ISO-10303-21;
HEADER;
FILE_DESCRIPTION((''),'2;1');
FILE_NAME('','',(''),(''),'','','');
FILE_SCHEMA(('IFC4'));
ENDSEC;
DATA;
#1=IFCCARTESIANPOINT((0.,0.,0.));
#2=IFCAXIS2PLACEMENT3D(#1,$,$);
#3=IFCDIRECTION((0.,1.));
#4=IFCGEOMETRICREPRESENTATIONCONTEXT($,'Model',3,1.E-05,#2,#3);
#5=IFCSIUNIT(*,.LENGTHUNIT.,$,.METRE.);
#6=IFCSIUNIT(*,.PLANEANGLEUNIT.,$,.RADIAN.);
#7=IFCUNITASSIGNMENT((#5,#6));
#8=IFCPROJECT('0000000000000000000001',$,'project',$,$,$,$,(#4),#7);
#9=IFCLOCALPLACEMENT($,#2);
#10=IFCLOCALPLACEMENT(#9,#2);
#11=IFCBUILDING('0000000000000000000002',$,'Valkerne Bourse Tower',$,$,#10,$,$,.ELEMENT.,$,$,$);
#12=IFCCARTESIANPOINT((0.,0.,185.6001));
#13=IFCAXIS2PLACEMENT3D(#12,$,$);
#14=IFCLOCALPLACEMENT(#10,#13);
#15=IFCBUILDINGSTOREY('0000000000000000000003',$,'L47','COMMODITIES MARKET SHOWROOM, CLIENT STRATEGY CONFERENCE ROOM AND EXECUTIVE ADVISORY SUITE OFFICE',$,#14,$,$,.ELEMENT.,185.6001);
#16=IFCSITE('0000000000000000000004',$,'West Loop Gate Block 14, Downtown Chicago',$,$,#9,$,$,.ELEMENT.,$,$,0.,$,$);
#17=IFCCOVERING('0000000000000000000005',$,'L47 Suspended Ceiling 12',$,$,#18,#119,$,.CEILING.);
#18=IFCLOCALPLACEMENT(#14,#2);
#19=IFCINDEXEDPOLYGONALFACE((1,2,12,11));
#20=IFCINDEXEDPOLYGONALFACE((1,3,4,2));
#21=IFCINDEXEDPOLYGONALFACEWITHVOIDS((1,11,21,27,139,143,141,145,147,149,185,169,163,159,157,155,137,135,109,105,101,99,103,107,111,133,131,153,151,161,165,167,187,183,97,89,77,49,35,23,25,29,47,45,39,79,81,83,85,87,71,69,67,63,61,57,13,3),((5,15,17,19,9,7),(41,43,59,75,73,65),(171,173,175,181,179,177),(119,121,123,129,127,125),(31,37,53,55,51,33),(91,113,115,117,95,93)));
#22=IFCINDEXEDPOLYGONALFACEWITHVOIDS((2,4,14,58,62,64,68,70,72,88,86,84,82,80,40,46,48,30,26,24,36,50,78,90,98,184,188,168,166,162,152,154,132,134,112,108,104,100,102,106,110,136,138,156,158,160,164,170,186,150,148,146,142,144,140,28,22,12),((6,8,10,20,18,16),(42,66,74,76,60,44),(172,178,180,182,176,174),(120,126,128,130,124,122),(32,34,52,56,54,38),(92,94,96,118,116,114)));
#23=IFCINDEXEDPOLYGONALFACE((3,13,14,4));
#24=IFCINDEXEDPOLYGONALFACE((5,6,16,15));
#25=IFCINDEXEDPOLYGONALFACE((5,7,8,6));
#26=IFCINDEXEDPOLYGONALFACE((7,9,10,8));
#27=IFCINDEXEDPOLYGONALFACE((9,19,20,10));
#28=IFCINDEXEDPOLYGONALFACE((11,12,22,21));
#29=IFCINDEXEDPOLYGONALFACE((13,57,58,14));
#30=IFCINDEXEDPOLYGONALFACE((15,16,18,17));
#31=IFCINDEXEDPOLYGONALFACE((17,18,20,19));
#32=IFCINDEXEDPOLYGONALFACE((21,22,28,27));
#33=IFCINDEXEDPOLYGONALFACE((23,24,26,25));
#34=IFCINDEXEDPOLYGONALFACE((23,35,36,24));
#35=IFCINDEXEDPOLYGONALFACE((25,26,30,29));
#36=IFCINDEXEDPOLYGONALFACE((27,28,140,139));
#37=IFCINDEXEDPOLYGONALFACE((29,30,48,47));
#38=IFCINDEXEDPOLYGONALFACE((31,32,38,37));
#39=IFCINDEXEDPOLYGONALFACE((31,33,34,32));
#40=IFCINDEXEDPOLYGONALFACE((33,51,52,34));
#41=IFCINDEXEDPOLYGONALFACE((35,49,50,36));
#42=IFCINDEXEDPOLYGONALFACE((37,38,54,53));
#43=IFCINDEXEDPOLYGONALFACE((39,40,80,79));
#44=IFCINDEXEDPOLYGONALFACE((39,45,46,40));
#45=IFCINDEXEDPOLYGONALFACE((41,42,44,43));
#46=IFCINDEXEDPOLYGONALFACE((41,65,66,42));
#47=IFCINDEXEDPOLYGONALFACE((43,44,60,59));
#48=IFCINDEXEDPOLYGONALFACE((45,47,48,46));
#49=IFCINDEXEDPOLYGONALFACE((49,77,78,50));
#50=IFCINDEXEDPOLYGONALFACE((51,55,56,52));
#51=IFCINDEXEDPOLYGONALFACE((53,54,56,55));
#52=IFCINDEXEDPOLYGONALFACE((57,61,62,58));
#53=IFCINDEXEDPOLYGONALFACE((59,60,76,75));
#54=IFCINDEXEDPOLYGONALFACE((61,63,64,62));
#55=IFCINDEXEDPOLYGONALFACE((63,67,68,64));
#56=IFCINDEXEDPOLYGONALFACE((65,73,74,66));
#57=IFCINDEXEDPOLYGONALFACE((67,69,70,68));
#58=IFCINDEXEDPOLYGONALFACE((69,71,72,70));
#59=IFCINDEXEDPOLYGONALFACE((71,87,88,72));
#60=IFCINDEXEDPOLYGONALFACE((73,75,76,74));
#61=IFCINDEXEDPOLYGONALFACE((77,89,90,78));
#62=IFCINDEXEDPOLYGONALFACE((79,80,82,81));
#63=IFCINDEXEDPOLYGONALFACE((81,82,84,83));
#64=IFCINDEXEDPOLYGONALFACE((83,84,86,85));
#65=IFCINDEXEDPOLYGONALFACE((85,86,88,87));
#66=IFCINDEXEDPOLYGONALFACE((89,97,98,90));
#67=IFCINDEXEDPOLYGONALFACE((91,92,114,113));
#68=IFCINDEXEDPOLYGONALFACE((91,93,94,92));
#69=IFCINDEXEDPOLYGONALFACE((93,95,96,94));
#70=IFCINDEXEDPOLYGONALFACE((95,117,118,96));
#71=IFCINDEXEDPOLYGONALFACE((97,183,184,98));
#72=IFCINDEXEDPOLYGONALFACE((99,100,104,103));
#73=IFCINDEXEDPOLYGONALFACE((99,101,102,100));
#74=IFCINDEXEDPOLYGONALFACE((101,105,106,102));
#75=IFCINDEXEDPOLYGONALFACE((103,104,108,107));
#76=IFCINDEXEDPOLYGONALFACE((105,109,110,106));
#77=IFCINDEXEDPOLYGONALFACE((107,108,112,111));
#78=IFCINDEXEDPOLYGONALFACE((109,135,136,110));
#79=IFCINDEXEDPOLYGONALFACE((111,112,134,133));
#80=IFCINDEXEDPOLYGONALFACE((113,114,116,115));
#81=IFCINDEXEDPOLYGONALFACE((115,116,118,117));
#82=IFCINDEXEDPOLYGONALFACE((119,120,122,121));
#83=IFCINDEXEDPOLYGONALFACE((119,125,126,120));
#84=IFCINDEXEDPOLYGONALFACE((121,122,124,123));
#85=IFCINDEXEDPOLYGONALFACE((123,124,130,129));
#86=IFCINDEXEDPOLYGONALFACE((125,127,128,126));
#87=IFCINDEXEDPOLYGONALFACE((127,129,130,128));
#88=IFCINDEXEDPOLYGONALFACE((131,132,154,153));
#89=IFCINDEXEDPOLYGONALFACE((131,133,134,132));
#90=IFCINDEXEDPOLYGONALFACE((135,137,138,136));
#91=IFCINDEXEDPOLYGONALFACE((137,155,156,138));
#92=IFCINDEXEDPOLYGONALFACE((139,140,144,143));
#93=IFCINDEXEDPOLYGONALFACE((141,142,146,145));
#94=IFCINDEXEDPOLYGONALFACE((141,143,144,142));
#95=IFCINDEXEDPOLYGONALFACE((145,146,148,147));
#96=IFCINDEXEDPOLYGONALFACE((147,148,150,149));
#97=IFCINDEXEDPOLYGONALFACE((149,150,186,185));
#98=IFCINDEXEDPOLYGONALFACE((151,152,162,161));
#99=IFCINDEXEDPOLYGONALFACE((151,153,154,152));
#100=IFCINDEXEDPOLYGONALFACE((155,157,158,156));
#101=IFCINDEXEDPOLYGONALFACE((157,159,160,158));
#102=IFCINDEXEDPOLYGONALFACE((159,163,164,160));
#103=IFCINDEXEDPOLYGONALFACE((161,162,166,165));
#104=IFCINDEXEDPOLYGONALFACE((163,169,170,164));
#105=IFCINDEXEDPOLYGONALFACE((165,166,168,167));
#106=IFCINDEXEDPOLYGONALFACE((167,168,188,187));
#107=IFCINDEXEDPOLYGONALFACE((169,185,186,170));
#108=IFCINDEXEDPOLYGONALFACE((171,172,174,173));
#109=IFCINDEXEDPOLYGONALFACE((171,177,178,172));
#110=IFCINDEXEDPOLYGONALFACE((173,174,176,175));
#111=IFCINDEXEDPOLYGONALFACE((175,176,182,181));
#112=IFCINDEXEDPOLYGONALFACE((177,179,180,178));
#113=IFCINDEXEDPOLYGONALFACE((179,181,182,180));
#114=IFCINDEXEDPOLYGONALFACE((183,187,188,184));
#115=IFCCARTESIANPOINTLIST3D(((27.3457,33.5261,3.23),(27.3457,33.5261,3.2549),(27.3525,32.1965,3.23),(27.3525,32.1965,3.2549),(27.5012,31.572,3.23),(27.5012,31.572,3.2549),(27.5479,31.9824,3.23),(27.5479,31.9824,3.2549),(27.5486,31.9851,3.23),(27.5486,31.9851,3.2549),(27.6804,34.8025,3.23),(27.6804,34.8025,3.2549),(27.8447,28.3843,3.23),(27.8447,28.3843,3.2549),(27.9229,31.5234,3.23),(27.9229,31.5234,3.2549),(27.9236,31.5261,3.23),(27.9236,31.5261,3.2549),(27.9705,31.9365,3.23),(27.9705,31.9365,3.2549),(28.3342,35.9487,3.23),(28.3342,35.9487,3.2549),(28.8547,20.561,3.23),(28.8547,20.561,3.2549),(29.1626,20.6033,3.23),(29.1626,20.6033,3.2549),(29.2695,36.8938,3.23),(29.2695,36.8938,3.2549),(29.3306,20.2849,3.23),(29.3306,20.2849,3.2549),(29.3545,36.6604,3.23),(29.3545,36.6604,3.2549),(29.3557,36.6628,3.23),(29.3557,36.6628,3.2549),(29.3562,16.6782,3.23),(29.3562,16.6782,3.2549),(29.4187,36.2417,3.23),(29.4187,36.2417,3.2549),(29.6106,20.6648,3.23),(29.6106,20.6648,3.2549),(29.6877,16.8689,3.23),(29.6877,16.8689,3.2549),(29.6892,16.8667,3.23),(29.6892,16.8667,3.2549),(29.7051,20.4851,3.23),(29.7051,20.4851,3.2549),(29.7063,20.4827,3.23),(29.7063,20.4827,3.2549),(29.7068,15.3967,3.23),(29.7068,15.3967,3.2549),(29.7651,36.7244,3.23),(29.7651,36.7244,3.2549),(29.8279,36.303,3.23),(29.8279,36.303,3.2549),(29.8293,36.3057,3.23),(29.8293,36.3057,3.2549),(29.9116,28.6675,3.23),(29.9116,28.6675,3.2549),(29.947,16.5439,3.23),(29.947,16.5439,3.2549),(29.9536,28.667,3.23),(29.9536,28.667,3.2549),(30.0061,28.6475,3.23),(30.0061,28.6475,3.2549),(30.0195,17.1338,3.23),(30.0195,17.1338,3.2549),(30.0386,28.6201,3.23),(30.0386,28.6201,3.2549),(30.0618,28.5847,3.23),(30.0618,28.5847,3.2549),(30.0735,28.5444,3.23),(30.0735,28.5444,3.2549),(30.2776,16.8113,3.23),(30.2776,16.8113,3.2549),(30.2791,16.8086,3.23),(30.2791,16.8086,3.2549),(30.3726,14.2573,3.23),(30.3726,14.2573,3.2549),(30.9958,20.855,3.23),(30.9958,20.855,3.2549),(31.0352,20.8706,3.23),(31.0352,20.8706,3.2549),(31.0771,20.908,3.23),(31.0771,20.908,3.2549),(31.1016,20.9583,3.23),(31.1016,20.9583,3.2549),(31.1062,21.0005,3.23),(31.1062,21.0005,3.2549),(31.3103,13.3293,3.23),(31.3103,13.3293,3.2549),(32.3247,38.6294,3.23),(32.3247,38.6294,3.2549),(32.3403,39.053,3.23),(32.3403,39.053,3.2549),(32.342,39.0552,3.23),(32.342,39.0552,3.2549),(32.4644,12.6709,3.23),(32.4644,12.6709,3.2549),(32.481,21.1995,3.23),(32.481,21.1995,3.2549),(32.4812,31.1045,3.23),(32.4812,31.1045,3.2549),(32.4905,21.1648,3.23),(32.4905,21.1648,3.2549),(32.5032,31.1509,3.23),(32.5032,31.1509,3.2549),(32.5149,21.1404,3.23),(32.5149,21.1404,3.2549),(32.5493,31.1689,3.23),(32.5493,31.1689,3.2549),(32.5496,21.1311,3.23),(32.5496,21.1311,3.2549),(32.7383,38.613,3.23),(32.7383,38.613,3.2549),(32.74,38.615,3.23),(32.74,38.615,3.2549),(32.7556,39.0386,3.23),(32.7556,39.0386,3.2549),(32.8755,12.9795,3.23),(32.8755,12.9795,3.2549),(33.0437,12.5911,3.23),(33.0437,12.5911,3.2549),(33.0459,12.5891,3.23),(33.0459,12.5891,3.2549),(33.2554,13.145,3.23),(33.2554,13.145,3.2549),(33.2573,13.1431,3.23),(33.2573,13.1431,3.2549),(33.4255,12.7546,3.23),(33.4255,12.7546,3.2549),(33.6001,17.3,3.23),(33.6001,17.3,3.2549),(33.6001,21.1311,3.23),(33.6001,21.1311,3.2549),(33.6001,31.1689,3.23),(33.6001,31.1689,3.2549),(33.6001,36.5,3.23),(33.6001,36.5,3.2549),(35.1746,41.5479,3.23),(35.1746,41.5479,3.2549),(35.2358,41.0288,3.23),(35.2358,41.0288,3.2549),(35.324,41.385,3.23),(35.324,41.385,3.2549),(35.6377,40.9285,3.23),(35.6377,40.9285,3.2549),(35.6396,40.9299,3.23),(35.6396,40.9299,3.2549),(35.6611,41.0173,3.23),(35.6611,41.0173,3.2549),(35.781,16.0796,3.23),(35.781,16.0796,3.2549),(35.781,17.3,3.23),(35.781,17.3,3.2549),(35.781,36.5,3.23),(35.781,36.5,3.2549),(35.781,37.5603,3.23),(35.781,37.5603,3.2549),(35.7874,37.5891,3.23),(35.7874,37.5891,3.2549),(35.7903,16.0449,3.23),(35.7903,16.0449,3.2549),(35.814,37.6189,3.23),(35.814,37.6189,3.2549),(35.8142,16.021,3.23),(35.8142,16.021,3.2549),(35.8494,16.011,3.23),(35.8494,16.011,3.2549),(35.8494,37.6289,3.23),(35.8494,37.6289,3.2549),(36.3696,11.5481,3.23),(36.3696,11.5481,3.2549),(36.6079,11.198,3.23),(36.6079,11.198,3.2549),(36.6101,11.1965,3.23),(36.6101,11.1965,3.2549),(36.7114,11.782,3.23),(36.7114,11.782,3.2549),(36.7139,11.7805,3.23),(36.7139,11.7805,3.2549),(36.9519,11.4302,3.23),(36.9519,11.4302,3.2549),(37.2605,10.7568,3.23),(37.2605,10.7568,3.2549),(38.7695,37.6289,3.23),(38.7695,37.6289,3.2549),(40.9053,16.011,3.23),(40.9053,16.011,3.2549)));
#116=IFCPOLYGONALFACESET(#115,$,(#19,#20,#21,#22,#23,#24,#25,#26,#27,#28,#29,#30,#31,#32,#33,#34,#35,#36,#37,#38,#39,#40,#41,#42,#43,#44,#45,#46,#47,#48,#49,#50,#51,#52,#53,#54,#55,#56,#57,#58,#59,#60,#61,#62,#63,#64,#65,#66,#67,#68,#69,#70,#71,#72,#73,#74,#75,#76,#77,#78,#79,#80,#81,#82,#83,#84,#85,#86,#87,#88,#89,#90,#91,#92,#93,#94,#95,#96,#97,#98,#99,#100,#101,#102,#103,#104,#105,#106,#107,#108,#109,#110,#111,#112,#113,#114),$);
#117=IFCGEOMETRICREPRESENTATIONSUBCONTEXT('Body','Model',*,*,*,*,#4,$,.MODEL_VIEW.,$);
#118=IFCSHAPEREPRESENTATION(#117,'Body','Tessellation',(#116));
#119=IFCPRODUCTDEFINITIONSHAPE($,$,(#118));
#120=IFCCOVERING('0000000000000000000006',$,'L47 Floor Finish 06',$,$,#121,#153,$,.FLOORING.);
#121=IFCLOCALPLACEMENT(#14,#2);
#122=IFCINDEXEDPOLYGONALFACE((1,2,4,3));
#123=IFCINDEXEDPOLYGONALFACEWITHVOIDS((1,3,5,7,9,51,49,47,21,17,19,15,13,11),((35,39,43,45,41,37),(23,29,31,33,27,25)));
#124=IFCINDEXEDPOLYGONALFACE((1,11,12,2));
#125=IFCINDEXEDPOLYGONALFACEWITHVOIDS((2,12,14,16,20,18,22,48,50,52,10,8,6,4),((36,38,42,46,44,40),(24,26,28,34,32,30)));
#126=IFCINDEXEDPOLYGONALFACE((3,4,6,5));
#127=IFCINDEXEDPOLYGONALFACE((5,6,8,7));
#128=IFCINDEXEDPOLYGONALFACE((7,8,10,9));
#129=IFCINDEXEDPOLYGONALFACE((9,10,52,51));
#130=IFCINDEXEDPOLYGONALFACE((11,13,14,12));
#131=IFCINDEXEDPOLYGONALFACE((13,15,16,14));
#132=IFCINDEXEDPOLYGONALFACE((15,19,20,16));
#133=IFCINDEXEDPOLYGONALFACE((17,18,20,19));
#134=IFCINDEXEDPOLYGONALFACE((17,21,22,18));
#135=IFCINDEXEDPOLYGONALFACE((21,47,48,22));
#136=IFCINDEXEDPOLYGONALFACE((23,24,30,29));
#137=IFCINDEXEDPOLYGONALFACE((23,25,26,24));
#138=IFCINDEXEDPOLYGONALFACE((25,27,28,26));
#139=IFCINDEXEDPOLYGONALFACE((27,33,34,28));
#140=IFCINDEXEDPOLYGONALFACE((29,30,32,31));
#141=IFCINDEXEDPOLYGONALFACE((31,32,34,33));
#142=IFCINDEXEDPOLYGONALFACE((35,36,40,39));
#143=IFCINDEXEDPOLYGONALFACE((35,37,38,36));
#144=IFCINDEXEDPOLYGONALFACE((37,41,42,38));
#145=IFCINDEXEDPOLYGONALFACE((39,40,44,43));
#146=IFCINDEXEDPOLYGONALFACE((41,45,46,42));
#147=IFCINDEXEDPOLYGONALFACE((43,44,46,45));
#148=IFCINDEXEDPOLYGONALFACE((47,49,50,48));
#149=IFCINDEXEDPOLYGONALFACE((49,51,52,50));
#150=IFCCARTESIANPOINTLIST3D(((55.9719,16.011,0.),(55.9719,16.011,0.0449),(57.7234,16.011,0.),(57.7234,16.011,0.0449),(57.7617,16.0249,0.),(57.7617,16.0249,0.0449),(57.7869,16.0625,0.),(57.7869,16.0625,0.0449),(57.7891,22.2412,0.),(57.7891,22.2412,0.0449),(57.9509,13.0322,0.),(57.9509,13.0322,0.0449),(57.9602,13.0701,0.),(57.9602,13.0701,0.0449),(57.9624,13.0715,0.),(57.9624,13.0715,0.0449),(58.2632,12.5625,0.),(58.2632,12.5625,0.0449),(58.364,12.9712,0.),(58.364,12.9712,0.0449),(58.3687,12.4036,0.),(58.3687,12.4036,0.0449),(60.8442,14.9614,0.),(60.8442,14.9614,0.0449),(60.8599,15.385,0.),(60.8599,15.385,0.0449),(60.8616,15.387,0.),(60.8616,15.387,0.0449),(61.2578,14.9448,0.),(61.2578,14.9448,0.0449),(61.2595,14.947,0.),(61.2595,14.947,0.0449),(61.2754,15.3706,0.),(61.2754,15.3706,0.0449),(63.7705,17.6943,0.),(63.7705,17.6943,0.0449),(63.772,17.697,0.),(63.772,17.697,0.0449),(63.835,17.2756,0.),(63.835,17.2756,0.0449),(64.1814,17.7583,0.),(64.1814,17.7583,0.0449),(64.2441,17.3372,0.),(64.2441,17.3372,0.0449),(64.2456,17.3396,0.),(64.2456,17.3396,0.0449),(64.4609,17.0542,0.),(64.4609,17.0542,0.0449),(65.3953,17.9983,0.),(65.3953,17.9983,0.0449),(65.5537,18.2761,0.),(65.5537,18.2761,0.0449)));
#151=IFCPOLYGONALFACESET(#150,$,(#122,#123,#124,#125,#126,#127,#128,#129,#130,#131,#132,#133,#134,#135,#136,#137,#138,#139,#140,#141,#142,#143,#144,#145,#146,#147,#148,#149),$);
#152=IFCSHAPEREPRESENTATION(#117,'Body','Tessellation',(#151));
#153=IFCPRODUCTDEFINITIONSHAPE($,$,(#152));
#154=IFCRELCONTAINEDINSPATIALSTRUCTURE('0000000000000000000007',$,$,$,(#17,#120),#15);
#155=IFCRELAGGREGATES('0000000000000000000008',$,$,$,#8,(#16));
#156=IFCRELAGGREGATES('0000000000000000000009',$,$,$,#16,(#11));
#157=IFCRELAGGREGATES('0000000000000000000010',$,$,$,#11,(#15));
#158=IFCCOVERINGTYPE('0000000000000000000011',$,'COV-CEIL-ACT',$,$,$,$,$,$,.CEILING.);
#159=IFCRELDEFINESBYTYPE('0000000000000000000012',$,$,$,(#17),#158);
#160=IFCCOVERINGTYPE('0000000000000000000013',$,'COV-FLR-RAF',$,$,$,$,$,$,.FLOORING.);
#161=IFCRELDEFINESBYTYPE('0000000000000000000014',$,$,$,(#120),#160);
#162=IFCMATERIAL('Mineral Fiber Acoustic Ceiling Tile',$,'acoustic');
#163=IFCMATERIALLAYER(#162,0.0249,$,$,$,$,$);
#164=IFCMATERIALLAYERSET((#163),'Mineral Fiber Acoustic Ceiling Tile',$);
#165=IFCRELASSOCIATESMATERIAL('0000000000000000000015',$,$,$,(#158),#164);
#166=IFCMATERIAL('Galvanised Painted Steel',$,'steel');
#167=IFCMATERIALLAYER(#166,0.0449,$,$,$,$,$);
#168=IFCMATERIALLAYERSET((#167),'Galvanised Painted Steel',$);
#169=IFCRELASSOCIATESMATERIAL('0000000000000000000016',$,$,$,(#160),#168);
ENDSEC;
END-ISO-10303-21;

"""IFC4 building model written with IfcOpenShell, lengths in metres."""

from ifc_helpers import new_model, si_unit, direction, frame, origin, place, context, subcontext, project, spatial, polyline, outline, extrude, material, layer, layer_set, type_object, element, save


model = new_model("IFC4")

# Units and contexts
model_context = context("Model", 3, precision=1e-05, world=origin(), true_north=direction((0.0, 1.0)))
body_context = subcontext(model_context, "Body", "Model", "MODEL_VIEW")
ifc_project = project(units=[si_unit("LENGTHUNIT", "METRE"), si_unit("PLANEANGLEUNIT", "RADIAN")], contexts=[model_context])

# Site, building, storey
site_placement = place(None, origin())
site = spatial("IfcSite", under=ifc_project, at=site_placement, Name="West Loop Gate Block 14, Downtown Chicago", CompositionType="ELEMENT", RefElevation=0.0)
building_placement = place(site_placement, origin())
building = spatial("IfcBuilding", under=site, at=building_placement, Name="Valkerne Bourse Tower", CompositionType="ELEMENT")
storey_placement = place(building_placement, frame((0.0, 0.0, 185.6001)))
storey = spatial("IfcBuildingStorey", under=building, at=storey_placement, Name="L47", Description="COMMODITIES MARKET SHOWROOM, CLIENT STRATEGY CONFERENCE ROOM AND EXECUTIVE ADVISORY SUITE OFFICE", CompositionType="ELEMENT", Elevation=185.6001)

# Coverings
ifc_material_1 = material(Name="Mineral Fiber Acoustic Ceiling Tile", Category="acoustic")
ifc_layer_1 = layer(ifc_material_1, 0.0249)
ifc_layer_set_1 = layer_set([ifc_layer_1], Name="Mineral Fiber Acoustic Ceiling Tile")
covering_type_1 = type_object("IfcCoveringType", Name="COV-CEIL-ACT", PredefinedType="CEILING", material=ifc_layer_set_1)
covering_1_placement = place(storey_placement, frame((0.0, 0.0, 3.23)))
element("IfcCovering", 1, at=covering_1_placement, inside=storey, type_object=covering_type_1, Name="L47 Suspended Ceiling 12", PredefinedType="CEILING", context=body_context, shape_type="SweptSolid", body=[
    extrude(outline(polyline([(29.2695, 36.8938), (35.1746, 41.5479), (35.324, 41.385), (35.2358, 41.0288), (35.6377, 40.9285), (35.6396, 40.9299), (35.6611, 41.0173), (38.7695, 37.6289), (35.8494, 37.6289), (35.814, 37.6189), (35.7874, 37.5891), (35.781, 37.5603), (35.781, 36.5), (33.6001, 36.5), (33.6001, 31.1689), (32.5493, 31.1689), (32.5032, 31.1509), (32.4812, 31.1045), (32.481, 21.1995), (32.4905, 21.1648), (32.5149, 21.1404), (32.5496, 21.1311), (33.6001, 21.1311), (33.6001, 17.3), (35.781, 17.3), (35.781, 16.0796), (35.7903, 16.0449), (35.8142, 16.021), (35.8494, 16.011), (40.9053, 16.011), (37.2605, 10.7568), (32.4644, 12.6709), (31.3103, 13.3293), (30.3726, 14.2573), (29.7068, 15.3967), (29.3562, 16.6782), (28.8547, 20.561), (29.1626, 20.6033), (29.3306, 20.2849), (29.7063, 20.4827), (29.7051, 20.4851), (29.6106, 20.6648), (30.9958, 20.855), (31.0352, 20.8706), (31.0771, 20.908), (31.1016, 20.9583), (31.1062, 21.0005), (30.0735, 28.5444), (30.0618, 28.5847), (30.0386, 28.6201), (30.0061, 28.6475), (29.9536, 28.667), (29.9116, 28.6675), (27.8447, 28.3843), (27.3525, 32.1965), (27.3457, 33.5261), (27.6804, 34.8025), (28.3342, 35.9487), (29.2695, 36.8938)]), holes=[polyline([(36.7139, 11.7805), (36.7114, 11.782), (36.3696, 11.5481), (36.6079, 11.198), (36.6101, 11.1965), (36.9519, 11.4302), (36.7139, 11.7805)]), polyline([(33.2573, 13.1431), (33.2554, 13.145), (32.8755, 12.9795), (33.0437, 12.5911), (33.0459, 12.5891), (33.4255, 12.7546), (33.2573, 13.1431)]), polyline([(30.2791, 16.8086), (30.2776, 16.8113), (30.0195, 17.1338), (29.6877, 16.8689), (29.6892, 16.8667), (29.947, 16.5439), (30.2791, 16.8086)]), polyline([(27.9236, 31.5261), (27.9705, 31.9365), (27.5486, 31.9851), (27.5479, 31.9824), (27.5012, 31.572), (27.9229, 31.5234), (27.9236, 31.5261)]), polyline([(29.8293, 36.3057), (29.7651, 36.7244), (29.3557, 36.6628), (29.3545, 36.6604), (29.4187, 36.2417), (29.8279, 36.303), (29.8293, 36.3057)]), polyline([(32.7556, 39.0386), (32.342, 39.0552), (32.3403, 39.053), (32.3247, 38.6294), (32.7383, 38.613), (32.74, 38.615), (32.7556, 39.0386)])]), origin(), (0.0, 0.0, 1.0), 0.0249),
])
ifc_material_2 = material(Name="Galvanised Painted Steel", Category="steel")
ifc_layer_2 = layer(ifc_material_2, 0.0449)
ifc_layer_set_2 = layer_set([ifc_layer_2], Name="Galvanised Painted Steel")
covering_type_2 = type_object("IfcCoveringType", Name="COV-FLR-RAF", PredefinedType="FLOORING", material=ifc_layer_set_2)
covering_2_placement = place(storey_placement, origin())
element("IfcCovering", 2, at=covering_2_placement, inside=storey, type_object=covering_type_2, Name="L47 Floor Finish 06", PredefinedType="FLOORING", context=body_context, shape_type="SweptSolid", body=[
    extrude(outline(polyline([(58.3687, 12.4036), (58.2632, 12.5625), (58.364, 12.9712), (57.9624, 13.0715), (57.9602, 13.0701), (57.9509, 13.0322), (55.9719, 16.011), (57.7234, 16.011), (57.7617, 16.0249), (57.7869, 16.0625), (57.7891, 22.2412), (65.5537, 18.2761), (65.3953, 17.9983), (64.4609, 17.0542), (58.3687, 12.4036)]), holes=[polyline([(61.2754, 15.3706), (60.8616, 15.387), (60.8599, 15.385), (60.8442, 14.9614), (61.2578, 14.9448), (61.2595, 14.947), (61.2754, 15.3706)]), polyline([(64.2456, 17.3396), (64.1814, 17.7583), (63.772, 17.697), (63.7705, 17.6943), (63.835, 17.2756), (64.2441, 17.3372), (64.2456, 17.3396)])]), origin(), (0.0, 0.0, 1.0), 0.0449),
])

save(model, "model.ifc")
